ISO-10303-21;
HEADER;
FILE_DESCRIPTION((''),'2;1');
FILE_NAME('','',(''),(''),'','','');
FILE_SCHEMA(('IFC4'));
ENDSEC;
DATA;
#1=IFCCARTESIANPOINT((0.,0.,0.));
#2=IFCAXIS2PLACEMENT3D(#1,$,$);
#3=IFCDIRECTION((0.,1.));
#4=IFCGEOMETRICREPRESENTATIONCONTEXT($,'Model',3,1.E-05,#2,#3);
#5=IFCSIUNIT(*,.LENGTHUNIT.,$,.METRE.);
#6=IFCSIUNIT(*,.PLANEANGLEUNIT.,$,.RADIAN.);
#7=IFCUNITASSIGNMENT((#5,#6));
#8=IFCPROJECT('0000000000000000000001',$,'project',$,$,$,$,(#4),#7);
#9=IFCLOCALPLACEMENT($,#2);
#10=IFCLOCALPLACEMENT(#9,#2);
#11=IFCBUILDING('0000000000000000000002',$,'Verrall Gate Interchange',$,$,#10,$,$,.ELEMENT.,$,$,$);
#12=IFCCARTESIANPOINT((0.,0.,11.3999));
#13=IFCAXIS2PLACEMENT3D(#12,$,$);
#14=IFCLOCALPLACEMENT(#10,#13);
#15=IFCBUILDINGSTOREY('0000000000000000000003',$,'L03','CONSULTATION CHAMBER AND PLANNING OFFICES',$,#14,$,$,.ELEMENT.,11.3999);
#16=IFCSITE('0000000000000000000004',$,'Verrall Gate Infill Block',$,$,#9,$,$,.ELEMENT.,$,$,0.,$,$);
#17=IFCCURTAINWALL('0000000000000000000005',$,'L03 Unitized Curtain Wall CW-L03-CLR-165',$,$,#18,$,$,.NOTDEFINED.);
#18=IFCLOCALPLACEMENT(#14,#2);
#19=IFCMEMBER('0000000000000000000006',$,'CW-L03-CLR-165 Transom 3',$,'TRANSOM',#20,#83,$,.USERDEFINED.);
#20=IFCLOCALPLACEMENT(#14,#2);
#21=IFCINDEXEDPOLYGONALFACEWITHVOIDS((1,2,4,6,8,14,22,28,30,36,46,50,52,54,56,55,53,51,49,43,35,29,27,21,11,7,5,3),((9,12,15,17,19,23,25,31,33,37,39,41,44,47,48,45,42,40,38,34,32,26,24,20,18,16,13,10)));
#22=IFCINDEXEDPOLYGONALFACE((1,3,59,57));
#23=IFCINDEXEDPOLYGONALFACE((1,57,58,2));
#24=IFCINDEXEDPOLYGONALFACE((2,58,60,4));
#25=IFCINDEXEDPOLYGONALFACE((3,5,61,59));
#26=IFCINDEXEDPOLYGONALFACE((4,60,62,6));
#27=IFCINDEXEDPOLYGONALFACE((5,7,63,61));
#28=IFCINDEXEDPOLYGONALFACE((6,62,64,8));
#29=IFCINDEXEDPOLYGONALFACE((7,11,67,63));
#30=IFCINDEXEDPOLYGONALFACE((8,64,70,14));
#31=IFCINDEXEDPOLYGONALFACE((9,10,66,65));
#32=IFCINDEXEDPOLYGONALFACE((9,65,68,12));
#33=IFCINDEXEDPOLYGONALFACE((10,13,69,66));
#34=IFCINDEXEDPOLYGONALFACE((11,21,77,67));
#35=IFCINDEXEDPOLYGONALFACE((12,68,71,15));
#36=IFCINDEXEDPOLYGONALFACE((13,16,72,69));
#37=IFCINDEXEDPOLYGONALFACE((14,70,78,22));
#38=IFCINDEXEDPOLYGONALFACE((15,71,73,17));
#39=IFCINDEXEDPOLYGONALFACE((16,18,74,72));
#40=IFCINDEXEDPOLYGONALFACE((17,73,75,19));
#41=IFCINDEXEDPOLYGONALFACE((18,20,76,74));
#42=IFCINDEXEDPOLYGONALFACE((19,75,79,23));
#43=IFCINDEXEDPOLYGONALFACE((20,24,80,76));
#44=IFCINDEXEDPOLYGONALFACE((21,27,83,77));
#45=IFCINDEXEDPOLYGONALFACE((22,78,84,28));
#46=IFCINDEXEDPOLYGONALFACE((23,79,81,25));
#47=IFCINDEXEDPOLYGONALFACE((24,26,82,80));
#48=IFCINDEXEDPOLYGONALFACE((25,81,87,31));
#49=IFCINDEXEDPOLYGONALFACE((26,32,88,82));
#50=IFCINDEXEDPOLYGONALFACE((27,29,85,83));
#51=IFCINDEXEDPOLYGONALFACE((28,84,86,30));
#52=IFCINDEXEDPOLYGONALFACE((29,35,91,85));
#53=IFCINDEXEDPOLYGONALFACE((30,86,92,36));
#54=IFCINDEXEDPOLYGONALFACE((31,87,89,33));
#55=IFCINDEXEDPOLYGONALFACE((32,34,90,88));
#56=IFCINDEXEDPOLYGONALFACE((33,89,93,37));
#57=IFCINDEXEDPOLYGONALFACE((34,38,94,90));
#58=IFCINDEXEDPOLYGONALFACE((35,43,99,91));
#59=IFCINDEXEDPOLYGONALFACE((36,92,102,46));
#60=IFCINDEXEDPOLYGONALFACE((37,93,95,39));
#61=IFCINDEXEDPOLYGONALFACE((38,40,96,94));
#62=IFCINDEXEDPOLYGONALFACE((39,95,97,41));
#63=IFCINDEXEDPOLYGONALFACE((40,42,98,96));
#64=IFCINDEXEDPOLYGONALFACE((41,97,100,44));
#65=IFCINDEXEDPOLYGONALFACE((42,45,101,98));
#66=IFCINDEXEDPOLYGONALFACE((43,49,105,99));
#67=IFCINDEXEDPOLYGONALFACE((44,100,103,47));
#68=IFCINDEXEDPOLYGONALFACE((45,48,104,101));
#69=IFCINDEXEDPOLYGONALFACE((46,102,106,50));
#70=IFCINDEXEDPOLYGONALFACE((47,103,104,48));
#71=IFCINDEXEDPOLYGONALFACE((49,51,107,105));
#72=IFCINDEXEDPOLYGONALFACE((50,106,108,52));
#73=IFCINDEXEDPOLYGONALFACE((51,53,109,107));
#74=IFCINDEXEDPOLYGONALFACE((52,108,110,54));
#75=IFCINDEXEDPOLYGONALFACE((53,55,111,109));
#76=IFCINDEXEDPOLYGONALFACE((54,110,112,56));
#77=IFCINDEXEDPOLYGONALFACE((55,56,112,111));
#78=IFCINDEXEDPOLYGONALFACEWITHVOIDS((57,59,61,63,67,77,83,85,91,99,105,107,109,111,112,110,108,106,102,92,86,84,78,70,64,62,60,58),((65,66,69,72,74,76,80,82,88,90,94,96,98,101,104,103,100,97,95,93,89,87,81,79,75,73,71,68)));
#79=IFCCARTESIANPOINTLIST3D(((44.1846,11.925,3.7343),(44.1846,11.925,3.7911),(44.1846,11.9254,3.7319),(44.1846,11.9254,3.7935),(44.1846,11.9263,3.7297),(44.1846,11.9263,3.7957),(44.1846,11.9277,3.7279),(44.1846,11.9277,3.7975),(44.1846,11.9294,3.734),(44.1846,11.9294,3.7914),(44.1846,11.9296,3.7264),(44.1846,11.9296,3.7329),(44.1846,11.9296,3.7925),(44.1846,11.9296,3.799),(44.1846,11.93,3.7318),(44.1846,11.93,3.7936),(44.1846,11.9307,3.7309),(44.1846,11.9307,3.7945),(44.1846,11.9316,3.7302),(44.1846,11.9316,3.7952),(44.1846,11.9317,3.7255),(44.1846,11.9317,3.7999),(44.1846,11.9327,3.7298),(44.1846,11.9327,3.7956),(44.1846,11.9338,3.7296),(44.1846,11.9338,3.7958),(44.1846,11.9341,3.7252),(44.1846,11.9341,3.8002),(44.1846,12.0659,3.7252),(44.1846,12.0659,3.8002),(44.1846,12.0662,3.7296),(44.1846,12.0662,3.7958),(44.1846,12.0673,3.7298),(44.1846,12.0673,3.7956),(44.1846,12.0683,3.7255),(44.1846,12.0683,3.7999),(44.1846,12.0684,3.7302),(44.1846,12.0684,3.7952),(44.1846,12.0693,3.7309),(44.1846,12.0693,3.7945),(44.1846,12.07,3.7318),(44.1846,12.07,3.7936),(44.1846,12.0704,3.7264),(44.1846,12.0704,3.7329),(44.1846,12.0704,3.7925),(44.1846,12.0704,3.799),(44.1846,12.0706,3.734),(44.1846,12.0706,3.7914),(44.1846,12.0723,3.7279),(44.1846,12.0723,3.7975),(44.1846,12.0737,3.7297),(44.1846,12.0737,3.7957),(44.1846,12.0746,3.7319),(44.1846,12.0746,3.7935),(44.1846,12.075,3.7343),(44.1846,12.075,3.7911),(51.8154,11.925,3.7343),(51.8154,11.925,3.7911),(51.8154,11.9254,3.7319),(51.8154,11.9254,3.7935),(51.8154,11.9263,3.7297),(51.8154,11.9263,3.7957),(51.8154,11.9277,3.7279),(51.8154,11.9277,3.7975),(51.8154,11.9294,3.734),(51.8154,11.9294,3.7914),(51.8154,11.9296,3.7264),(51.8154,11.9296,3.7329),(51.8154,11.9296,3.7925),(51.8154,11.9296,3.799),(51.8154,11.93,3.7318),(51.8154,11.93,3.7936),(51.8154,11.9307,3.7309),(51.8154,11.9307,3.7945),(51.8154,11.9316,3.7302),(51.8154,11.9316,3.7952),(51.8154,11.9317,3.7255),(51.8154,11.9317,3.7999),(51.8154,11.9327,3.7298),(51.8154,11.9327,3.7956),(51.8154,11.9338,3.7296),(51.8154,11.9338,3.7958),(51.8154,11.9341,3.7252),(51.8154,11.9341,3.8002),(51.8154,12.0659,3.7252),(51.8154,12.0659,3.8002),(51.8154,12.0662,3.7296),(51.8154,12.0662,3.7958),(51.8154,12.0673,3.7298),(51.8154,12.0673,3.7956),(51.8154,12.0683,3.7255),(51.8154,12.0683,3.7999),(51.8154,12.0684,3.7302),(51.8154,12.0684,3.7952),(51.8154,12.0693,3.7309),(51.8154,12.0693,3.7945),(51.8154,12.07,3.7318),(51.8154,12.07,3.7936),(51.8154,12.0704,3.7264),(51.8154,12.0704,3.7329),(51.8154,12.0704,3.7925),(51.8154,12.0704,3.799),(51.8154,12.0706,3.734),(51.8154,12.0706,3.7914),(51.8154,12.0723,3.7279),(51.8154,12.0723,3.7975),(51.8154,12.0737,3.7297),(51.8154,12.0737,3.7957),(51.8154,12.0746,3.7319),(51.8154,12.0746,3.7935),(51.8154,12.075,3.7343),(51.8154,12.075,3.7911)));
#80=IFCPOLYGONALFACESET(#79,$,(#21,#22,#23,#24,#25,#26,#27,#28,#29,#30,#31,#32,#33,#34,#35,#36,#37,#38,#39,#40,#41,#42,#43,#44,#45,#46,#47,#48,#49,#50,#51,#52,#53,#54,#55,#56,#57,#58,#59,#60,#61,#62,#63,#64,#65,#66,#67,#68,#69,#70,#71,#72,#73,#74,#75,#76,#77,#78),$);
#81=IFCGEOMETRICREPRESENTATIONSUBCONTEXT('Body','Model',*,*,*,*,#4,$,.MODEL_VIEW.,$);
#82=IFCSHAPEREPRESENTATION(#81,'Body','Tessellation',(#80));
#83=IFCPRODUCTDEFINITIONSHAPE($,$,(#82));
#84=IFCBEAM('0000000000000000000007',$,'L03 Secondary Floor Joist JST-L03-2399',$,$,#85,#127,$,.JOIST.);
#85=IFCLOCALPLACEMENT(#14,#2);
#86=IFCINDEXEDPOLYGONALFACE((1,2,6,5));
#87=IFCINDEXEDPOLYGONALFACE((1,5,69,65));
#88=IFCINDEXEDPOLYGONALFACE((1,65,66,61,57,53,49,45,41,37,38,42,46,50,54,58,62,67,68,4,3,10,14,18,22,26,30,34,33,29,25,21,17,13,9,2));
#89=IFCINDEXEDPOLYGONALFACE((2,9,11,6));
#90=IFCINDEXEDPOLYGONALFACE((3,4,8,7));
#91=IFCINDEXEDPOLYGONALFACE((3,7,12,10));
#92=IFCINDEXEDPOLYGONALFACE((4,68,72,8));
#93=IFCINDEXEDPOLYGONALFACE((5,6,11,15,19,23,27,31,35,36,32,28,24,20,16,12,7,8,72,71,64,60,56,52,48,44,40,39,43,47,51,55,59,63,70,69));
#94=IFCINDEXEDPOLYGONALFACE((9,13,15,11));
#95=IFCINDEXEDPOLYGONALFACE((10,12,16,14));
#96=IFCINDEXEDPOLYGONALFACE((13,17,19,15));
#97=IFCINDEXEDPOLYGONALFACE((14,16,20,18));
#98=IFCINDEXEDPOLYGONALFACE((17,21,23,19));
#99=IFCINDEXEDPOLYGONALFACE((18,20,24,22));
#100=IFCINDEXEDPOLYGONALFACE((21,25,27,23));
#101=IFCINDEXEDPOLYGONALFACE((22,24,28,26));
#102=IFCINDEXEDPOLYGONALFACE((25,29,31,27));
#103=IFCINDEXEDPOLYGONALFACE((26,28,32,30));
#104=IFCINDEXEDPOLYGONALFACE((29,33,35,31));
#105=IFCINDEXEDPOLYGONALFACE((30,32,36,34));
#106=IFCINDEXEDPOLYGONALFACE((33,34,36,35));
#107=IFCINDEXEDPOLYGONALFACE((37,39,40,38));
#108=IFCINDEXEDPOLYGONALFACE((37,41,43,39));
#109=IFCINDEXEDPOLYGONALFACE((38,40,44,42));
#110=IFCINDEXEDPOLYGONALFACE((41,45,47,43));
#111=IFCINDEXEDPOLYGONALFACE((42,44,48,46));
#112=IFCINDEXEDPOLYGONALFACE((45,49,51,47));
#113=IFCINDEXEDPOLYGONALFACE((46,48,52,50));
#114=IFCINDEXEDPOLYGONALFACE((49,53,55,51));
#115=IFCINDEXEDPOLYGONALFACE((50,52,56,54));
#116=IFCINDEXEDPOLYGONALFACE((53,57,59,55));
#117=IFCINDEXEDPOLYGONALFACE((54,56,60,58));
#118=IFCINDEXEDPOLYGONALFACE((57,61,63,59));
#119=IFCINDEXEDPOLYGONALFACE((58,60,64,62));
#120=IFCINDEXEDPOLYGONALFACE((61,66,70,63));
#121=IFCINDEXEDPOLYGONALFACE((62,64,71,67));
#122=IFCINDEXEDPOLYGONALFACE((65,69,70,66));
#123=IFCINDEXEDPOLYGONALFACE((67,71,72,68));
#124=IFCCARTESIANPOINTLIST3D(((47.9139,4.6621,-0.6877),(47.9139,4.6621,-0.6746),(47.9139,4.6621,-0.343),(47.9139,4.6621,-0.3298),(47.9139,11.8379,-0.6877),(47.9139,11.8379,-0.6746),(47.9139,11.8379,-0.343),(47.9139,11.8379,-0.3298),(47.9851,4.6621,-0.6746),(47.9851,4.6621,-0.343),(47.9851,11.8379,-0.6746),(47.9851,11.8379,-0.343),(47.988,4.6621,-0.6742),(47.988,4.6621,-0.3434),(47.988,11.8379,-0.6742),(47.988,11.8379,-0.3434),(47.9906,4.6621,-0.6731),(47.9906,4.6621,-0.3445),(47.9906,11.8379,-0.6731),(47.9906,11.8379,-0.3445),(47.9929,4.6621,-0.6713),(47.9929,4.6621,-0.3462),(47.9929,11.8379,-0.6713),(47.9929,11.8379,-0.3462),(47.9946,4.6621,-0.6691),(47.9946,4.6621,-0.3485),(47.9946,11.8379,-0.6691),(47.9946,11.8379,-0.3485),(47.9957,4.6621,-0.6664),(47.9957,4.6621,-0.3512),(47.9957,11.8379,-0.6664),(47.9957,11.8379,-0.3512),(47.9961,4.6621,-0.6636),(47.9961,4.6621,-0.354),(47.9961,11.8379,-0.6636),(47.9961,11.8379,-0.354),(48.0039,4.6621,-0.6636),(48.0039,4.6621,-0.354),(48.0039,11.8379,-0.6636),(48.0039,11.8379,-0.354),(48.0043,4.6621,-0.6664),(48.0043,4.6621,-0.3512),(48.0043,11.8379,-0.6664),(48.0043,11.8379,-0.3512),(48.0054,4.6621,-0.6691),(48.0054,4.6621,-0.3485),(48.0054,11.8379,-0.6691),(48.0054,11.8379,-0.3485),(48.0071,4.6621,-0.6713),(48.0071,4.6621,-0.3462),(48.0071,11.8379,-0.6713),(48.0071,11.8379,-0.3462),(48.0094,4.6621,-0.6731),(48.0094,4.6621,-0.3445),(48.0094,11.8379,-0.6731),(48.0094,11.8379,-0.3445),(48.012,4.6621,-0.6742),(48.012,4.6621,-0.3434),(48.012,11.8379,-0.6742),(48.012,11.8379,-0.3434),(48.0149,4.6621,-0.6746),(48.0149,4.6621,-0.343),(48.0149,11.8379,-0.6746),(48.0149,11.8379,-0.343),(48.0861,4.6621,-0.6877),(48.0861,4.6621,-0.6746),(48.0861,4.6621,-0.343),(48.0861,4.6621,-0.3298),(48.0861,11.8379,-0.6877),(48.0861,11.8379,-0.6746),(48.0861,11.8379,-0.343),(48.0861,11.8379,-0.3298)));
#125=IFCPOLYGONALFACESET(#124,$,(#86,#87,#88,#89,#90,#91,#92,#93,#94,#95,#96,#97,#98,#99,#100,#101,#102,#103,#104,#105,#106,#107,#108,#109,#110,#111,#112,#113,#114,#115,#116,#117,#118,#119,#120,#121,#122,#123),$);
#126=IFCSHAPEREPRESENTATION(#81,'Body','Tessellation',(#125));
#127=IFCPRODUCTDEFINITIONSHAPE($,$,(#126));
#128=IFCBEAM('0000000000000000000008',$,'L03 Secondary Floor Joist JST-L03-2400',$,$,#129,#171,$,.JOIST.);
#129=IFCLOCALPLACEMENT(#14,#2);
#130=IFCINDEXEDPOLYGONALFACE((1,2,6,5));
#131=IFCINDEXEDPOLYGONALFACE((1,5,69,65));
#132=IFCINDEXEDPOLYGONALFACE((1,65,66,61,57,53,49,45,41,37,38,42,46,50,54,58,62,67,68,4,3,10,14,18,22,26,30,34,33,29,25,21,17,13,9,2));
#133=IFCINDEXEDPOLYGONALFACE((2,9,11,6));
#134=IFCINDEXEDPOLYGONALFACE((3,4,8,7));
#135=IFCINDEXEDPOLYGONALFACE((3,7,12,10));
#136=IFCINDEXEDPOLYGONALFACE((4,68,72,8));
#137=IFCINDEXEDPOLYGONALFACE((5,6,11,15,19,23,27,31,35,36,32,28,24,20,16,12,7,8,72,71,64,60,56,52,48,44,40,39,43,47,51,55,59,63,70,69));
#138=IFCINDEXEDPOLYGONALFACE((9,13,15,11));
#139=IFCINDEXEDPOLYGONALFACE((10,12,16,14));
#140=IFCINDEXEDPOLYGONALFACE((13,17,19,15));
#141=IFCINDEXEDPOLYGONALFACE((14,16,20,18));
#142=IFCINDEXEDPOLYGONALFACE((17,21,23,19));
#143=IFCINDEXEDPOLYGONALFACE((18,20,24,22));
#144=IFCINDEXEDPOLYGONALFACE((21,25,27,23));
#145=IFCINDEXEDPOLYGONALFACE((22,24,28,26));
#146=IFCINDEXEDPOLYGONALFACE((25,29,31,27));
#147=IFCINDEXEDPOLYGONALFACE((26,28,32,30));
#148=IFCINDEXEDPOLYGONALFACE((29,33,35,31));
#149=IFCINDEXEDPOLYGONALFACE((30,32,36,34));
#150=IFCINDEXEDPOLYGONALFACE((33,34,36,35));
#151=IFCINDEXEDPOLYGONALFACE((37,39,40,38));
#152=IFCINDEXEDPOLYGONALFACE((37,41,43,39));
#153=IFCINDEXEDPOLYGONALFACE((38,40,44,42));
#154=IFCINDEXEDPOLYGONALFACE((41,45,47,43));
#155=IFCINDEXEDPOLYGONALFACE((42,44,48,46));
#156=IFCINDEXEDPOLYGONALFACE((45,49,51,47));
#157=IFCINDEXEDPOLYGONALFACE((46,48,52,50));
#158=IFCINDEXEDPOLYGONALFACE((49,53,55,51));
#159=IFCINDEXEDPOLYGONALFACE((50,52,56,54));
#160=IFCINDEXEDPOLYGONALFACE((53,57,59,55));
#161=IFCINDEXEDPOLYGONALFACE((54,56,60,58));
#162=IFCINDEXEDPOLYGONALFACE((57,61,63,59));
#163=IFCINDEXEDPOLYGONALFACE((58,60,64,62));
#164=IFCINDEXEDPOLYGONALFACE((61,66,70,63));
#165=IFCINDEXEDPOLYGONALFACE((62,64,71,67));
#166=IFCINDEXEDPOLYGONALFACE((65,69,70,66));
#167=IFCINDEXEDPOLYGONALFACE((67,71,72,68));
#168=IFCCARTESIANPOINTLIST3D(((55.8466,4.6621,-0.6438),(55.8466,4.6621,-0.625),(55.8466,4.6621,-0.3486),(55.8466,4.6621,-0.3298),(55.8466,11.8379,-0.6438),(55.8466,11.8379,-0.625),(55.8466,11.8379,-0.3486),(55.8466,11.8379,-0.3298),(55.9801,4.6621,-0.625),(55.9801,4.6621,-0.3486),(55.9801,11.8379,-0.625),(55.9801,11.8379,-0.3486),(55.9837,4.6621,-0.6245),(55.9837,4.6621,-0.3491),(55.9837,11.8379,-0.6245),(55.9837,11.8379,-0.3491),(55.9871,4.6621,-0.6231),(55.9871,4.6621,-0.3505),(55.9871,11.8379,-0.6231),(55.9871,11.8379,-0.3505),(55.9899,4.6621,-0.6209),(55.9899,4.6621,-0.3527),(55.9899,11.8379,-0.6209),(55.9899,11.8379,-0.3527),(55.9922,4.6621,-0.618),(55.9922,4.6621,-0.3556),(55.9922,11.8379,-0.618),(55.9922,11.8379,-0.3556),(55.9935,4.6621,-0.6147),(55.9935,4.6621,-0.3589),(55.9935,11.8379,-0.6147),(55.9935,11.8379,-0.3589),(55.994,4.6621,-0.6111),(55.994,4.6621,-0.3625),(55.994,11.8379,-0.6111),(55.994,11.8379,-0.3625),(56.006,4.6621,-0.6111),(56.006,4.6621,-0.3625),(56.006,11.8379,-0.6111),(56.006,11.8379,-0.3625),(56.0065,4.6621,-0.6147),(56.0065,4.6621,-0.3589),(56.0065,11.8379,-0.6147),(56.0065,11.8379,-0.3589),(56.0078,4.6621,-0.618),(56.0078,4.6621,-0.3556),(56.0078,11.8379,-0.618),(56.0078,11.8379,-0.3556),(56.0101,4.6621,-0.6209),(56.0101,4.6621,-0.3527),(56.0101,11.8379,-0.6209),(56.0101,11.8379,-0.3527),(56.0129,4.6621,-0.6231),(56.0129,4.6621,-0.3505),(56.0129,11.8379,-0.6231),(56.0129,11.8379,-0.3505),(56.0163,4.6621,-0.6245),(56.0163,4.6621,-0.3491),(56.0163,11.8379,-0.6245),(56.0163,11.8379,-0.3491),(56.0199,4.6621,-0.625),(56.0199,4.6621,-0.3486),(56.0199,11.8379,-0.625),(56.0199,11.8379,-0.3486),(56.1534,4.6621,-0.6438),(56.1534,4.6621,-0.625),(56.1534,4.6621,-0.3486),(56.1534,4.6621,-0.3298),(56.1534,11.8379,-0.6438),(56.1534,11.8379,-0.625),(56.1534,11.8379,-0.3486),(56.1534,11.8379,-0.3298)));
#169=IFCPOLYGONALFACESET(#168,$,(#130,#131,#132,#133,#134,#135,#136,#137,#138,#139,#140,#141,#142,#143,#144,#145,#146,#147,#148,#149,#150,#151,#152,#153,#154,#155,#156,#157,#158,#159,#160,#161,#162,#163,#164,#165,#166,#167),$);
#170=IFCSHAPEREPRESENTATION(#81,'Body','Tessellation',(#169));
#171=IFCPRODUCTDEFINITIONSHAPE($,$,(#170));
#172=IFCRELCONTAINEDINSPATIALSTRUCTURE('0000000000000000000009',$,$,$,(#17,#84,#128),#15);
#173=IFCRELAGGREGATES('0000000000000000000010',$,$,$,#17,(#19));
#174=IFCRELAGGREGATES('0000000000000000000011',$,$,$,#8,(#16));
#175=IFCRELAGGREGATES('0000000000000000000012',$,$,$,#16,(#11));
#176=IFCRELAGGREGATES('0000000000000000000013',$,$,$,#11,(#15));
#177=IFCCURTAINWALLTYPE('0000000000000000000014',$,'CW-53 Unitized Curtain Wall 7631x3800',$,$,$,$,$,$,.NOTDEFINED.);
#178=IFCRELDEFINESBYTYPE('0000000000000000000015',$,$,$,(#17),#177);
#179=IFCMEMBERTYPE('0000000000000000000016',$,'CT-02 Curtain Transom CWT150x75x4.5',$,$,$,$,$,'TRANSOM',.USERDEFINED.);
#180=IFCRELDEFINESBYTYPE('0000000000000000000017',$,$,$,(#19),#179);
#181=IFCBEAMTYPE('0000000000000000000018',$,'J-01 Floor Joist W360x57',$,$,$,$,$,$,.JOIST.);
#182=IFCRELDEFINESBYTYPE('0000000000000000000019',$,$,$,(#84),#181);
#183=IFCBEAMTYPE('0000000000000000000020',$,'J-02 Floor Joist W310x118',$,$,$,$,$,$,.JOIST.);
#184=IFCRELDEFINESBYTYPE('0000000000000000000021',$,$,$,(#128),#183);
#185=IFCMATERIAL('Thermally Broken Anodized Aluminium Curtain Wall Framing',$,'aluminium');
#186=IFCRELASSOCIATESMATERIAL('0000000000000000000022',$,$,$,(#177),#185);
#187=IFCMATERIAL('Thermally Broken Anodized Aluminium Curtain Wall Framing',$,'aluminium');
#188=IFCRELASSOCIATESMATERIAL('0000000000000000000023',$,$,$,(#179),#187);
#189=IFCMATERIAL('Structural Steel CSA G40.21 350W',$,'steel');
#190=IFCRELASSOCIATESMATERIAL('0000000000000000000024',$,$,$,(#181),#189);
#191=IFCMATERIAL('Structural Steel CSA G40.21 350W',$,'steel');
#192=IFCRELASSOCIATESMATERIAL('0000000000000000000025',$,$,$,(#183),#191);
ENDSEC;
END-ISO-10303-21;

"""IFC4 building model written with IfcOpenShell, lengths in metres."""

from ifc_helpers import new_model, si_unit, direction, frame, origin, origin_2d, place, context, subcontext, project, spatial, hollow_rectangle, i_section, extrude, material, material_profile, profile_set, type_object, element, aggregate, save


model = new_model("IFC4")

# Units and contexts
model_context = context("Model", 3, precision=1e-05, world=origin(), true_north=direction((0.0, 1.0)))
body_context = subcontext(model_context, "Body", "Model", "MODEL_VIEW")
ifc_project = project(units=[si_unit("LENGTHUNIT", "METRE"), si_unit("PLANEANGLEUNIT", "RADIAN")], contexts=[model_context])

# Site, building, storey
site_placement = place(None, origin())
site = spatial("IfcSite", under=ifc_project, at=site_placement, Name="Verrall Gate Infill Block", CompositionType="ELEMENT", RefElevation=0.0)
building_placement = place(site_placement, origin())
building = spatial("IfcBuilding", under=site, at=building_placement, Name="Verrall Gate Interchange", CompositionType="ELEMENT")
storey_placement = place(building_placement, frame((0.0, 0.0, 11.3999)))
storey = spatial("IfcBuildingStorey", under=building, at=storey_placement, Name="L03", Description="CONSULTATION CHAMBER AND PLANNING OFFICES", CompositionType="ELEMENT", Elevation=11.3999)

# Curtain wall, member
ifc_material_1 = material(Name="Thermally Broken Anodized Aluminium Curtain Wall Framing", Category="aluminium")
curtain_wall_type = type_object("IfcCurtainWallType", Name="CW-53 Unitized Curtain Wall 7631x3800", PredefinedType="NOTDEFINED", material=ifc_material_1)
curtain_wall_placement = place(storey_placement, origin())
curtain_wall = element("IfcCurtainWall", 1, at=curtain_wall_placement, inside=storey, type_object=curtain_wall_type, Name="L03 Unitized Curtain Wall CW-L03-CLR-165", PredefinedType="NOTDEFINED")
ifc_material_2 = material(Name="Thermally Broken Anodized Aluminium Curtain Wall Framing", Category="aluminium")
ifc_material_profile_1 = material_profile(ifc_material_2, hollow_rectangle(XDim=0.1499, YDim=0.075, WallThickness=0.0044, InnerFilletRadius=0.0044, OuterFilletRadius=0.009, at=origin_2d()), Name="CWT150x75x4.5")
ifc_profile_set_1 = profile_set([ifc_material_profile_1], Name="Thermally Broken Anodized Aluminium Curtain Wall Framing")
member_type_1 = type_object("IfcMemberType", Name="CT-02 Curtain Transom CWT150x75x4.5", ElementType="TRANSOM", PredefinedType="USERDEFINED", material=ifc_profile_set_1)
member_1_placement = place(storey_placement, frame((44.1846, 12.0, 3.7627), z_axis=(1.0, 0.0, 0.0), x_axis=(0.0, 1.0, 0.0)))
member_1 = element("IfcMember", 2, at=member_1_placement, type_object=member_type_1, Name="CW-L03-CLR-165 Transom 3", ObjectType="TRANSOM", PredefinedType="USERDEFINED", context=body_context, shape_type="SweptSolid", body=[
    extrude(hollow_rectangle(XDim=0.1499, YDim=0.075, WallThickness=0.0044, InnerFilletRadius=0.0044, OuterFilletRadius=0.009, at=origin_2d()), origin(), (0.0, 0.0, 1.0), 7.6309),
])

# Beams
ifc_material_3 = material(Name="Structural Steel CSA G40.21 350W", Category="steel")
ifc_material_profile_2 = material_profile(ifc_material_3, i_section(OverallWidth=0.1721, OverallDepth=0.3579, WebThickness=0.0078, FlangeThickness=0.0132, FilletRadius=0.011, at=origin_2d()), Name="W360x57")
ifc_profile_set_2 = profile_set([ifc_material_profile_2], Name="Structural Steel CSA G40.21 350W")
beam_type_1 = type_object("IfcBeamType", Name="J-01 Floor Joist W360x57", PredefinedType="JOIST", material=ifc_profile_set_2)
beam_1_placement = place(storey_placement, frame((48.0, 4.6621, -0.5088), z_axis=(0.0, 1.0, 0.0), x_axis=(-1.0, 0.0, 0.0)))
element("IfcBeam", 3, at=beam_1_placement, inside=storey, type_object=beam_type_1, Name="L03 Secondary Floor Joist JST-L03-2399", PredefinedType="JOIST", context=body_context, shape_type="SweptSolid", body=[
    extrude(i_section(OverallWidth=0.1721, OverallDepth=0.3579, WebThickness=0.0078, FlangeThickness=0.0132, FilletRadius=0.011, at=origin_2d()), origin(), (0.0, 0.0, 1.0), 7.1758),
])
ifc_material_4 = material(Name="Structural Steel CSA G40.21 350W", Category="steel")
ifc_material_profile_3 = material_profile(ifc_material_4, i_section(OverallWidth=0.3069, OverallDepth=0.314, WebThickness=0.012, FlangeThickness=0.0188, FilletRadius=0.0139, at=origin_2d()), Name="W310x118")
ifc_profile_set_3 = profile_set([ifc_material_profile_3], Name="Structural Steel CSA G40.21 350W")
beam_type_2 = type_object("IfcBeamType", Name="J-02 Floor Joist W310x118", PredefinedType="JOIST", material=ifc_profile_set_3)
beam_2_placement = place(storey_placement, frame((56.0, 4.6621, -0.4868), z_axis=(0.0, 1.0, 0.0), x_axis=(-1.0, 0.0, 0.0)))
element("IfcBeam", 4, at=beam_2_placement, inside=storey, type_object=beam_type_2, Name="L03 Secondary Floor Joist JST-L03-2400", PredefinedType="JOIST", context=body_context, shape_type="SweptSolid", body=[
    extrude(i_section(OverallWidth=0.3069, OverallDepth=0.314, WebThickness=0.012, FlangeThickness=0.0188, FilletRadius=0.0139, at=origin_2d()), origin(), (0.0, 0.0, 1.0), 7.1758),
])

aggregate(curtain_wall, [member_1])

save(model, "model.ifc")
